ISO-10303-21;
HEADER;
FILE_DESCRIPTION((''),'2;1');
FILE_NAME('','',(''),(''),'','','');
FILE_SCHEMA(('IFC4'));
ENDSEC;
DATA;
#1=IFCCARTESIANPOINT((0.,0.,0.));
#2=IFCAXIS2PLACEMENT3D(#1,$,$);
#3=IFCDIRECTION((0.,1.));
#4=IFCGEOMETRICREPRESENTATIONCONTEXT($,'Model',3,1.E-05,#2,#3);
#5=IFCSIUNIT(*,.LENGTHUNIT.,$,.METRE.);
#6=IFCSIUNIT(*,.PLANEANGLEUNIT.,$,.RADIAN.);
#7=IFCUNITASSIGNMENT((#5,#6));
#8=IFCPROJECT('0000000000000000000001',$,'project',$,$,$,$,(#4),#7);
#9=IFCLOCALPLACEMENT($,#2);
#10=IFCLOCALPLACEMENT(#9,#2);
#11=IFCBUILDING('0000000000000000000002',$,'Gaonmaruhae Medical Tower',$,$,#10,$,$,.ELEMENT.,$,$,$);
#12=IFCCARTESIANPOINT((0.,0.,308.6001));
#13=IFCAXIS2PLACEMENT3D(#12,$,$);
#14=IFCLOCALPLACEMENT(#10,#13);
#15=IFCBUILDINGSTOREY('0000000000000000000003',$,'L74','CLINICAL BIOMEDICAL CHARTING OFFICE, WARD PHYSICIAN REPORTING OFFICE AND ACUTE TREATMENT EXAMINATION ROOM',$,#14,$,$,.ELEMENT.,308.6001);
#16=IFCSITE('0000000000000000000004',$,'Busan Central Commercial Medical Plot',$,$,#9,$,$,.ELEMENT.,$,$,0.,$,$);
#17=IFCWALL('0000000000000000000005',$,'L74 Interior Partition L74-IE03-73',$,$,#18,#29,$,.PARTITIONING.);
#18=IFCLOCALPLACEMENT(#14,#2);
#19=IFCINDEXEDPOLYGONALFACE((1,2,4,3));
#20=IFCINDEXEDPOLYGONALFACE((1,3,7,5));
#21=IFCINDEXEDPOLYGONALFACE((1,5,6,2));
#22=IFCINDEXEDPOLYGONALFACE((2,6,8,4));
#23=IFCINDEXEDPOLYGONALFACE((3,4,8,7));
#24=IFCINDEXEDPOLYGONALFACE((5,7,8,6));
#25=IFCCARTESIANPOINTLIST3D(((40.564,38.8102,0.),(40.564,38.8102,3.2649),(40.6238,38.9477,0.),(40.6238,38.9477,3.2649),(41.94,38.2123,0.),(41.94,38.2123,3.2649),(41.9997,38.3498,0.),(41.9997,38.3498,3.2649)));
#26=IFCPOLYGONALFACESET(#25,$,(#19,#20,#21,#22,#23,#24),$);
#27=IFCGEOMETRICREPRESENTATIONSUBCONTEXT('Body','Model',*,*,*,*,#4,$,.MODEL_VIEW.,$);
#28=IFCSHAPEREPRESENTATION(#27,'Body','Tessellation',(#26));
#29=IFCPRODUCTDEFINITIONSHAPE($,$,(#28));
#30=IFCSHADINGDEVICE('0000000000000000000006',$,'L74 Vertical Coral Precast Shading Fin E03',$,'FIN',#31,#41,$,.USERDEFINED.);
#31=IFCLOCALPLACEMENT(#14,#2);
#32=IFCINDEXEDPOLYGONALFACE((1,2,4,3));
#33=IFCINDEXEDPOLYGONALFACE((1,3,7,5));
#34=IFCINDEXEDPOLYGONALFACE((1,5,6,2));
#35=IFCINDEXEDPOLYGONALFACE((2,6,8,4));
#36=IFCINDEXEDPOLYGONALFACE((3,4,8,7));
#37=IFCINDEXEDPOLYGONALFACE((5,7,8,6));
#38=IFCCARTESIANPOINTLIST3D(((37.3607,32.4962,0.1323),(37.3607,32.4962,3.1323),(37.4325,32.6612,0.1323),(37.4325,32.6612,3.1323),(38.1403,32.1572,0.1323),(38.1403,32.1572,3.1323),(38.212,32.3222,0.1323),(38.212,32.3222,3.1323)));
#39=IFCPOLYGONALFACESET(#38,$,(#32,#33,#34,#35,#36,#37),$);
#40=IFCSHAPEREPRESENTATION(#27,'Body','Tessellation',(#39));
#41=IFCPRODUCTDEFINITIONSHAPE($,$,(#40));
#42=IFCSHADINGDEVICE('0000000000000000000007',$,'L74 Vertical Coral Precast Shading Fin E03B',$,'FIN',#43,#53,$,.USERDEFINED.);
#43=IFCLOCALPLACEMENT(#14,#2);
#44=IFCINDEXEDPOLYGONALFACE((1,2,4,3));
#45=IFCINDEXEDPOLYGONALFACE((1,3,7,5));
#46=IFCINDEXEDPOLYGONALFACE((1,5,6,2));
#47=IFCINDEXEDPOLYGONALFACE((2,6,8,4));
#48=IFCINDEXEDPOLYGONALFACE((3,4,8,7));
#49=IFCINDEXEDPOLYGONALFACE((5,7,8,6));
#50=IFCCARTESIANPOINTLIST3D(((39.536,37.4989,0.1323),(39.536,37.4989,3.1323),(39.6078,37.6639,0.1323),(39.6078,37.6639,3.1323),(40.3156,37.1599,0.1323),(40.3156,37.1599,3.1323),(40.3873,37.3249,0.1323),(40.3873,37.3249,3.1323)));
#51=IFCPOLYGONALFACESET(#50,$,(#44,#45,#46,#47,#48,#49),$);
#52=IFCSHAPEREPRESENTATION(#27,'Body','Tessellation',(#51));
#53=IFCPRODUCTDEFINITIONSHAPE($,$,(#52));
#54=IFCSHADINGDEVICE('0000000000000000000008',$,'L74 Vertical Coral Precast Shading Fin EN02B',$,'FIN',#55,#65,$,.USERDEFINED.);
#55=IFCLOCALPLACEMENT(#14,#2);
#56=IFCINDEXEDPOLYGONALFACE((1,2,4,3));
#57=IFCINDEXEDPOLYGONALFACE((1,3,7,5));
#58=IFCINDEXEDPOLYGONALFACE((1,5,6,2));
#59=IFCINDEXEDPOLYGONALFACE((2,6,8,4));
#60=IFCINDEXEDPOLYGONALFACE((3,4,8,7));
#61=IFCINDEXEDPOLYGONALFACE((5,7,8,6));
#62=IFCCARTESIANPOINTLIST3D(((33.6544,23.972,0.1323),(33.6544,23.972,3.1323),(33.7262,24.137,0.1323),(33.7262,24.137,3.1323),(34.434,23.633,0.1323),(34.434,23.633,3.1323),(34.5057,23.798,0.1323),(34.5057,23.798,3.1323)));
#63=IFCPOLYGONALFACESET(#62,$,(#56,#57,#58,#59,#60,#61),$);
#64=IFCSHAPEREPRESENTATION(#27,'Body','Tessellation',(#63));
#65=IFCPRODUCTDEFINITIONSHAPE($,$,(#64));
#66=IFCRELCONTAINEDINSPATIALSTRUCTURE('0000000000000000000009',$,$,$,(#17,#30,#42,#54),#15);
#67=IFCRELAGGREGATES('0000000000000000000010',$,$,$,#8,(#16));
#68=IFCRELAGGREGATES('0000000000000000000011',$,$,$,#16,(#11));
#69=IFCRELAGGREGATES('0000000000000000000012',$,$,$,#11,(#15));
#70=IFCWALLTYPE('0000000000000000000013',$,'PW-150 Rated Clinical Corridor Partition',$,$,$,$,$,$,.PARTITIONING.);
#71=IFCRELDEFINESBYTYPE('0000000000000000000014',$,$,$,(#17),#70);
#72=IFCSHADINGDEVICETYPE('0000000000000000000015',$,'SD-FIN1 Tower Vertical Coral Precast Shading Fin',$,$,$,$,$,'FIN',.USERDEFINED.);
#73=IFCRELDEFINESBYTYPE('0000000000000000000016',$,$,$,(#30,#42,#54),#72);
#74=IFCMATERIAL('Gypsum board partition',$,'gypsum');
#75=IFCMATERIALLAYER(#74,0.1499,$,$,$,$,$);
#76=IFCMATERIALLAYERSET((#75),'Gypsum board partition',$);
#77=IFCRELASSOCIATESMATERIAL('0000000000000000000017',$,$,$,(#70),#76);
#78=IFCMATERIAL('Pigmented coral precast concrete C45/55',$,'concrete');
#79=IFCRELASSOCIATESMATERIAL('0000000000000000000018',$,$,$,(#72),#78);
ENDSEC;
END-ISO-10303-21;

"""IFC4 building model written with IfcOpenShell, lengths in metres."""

from ifc_helpers import new_model, si_unit, direction, frame, frame_2d, origin, origin_2d, place, context, subcontext, project, spatial, rectangle, extrude, material, layer, layer_set, type_object, element, save


model = new_model("IFC4")

# Units and contexts
model_context = context("Model", 3, precision=1e-05, world=origin(), true_north=direction((0.0, 1.0)))
body_context = subcontext(model_context, "Body", "Model", "MODEL_VIEW")
ifc_project = project(units=[si_unit("LENGTHUNIT", "METRE"), si_unit("PLANEANGLEUNIT", "RADIAN")], contexts=[model_context])

# Site, building, storey
site_placement = place(None, origin())
site = spatial("IfcSite", under=ifc_project, at=site_placement, Name="Busan Central Commercial Medical Plot", CompositionType="ELEMENT", RefElevation=0.0)
building_placement = place(site_placement, origin())
building = spatial("IfcBuilding", under=site, at=building_placement, Name="Gaonmaruhae Medical Tower", CompositionType="ELEMENT")
storey_placement = place(building_placement, frame((0.0, 0.0, 308.6001)))
storey = spatial("IfcBuildingStorey", under=building, at=storey_placement, Name="L74", Description="CLINICAL BIOMEDICAL CHARTING OFFICE, WARD PHYSICIAN REPORTING OFFICE AND ACUTE TREATMENT EXAMINATION ROOM", CompositionType="ELEMENT", Elevation=308.6001)

# Wall
ifc_material_1 = material(Name="Gypsum board partition", Category="gypsum")
ifc_layer_1 = layer(ifc_material_1, 0.1499)
ifc_layer_set_1 = layer_set([ifc_layer_1], Name="Gypsum board partition")
wall_type_1 = type_object("IfcWallType", Name="PW-150 Rated Clinical Corridor Partition", PredefinedType="PARTITIONING", material=ifc_layer_set_1)
wall_1_placement = place(storey_placement, frame((40.594, 38.8789, 0.0), z_axis=(0.0, 0.0, 1.0), x_axis=(0.917155, -0.39853, 0.0)))
element("IfcWall", 1, at=wall_1_placement, inside=storey, type_object=wall_type_1, Name="L74 Interior Partition L74-IE03-73", PredefinedType="PARTITIONING", context=body_context, shape_type="SweptSolid", body=[
    extrude(rectangle(XDim=1.5002, YDim=0.1499, at=frame_2d((0.75, 0.0))), origin(), (0.0, 0.0, 1.0), 3.2649),
])

# Shading devices
ifc_material_2 = material(Name="Pigmented coral precast concrete C45/55", Category="concrete")
shading_device_type = type_object("IfcShadingDeviceType", Name="SD-FIN1 Tower Vertical Coral Precast Shading Fin", ElementType="FIN", PredefinedType="USERDEFINED", material=ifc_material_2)
for number, where, z_axis, x_axis, name in (
    (2, (37.7864, 32.4092, 0.1323), (0.0, 0.0, 1.0), (0.398765, 0.917053, 0.0), "L74 Vertical Coral Precast Shading Fin E03"),
    (3, (39.9617, 37.4119, 0.1323), (0.0, 0.0, 1.0), (0.398765, 0.917053, 0.0), "L74 Vertical Coral Precast Shading Fin E03B"),
    (4, (34.0801, 23.885, 0.1323), (0.0, 0.0, 1.0), (0.398749, 0.91706, 0.0), "L74 Vertical Coral Precast Shading Fin EN02B"),
):
    element("IfcShadingDevice", number, at=place(storey_placement, frame(where, z_axis=z_axis, x_axis=x_axis)), inside=storey, type_object=shading_device_type, Name=name, ObjectType="FIN", PredefinedType="USERDEFINED", context=body_context, shape_type="SweptSolid", body=[
        extrude(rectangle(XDim=0.1799, YDim=0.8501, at=origin_2d()), origin(), (0.0, 0.0, 1.0), 3.0),
    ])

save(model, "model.ifc")
